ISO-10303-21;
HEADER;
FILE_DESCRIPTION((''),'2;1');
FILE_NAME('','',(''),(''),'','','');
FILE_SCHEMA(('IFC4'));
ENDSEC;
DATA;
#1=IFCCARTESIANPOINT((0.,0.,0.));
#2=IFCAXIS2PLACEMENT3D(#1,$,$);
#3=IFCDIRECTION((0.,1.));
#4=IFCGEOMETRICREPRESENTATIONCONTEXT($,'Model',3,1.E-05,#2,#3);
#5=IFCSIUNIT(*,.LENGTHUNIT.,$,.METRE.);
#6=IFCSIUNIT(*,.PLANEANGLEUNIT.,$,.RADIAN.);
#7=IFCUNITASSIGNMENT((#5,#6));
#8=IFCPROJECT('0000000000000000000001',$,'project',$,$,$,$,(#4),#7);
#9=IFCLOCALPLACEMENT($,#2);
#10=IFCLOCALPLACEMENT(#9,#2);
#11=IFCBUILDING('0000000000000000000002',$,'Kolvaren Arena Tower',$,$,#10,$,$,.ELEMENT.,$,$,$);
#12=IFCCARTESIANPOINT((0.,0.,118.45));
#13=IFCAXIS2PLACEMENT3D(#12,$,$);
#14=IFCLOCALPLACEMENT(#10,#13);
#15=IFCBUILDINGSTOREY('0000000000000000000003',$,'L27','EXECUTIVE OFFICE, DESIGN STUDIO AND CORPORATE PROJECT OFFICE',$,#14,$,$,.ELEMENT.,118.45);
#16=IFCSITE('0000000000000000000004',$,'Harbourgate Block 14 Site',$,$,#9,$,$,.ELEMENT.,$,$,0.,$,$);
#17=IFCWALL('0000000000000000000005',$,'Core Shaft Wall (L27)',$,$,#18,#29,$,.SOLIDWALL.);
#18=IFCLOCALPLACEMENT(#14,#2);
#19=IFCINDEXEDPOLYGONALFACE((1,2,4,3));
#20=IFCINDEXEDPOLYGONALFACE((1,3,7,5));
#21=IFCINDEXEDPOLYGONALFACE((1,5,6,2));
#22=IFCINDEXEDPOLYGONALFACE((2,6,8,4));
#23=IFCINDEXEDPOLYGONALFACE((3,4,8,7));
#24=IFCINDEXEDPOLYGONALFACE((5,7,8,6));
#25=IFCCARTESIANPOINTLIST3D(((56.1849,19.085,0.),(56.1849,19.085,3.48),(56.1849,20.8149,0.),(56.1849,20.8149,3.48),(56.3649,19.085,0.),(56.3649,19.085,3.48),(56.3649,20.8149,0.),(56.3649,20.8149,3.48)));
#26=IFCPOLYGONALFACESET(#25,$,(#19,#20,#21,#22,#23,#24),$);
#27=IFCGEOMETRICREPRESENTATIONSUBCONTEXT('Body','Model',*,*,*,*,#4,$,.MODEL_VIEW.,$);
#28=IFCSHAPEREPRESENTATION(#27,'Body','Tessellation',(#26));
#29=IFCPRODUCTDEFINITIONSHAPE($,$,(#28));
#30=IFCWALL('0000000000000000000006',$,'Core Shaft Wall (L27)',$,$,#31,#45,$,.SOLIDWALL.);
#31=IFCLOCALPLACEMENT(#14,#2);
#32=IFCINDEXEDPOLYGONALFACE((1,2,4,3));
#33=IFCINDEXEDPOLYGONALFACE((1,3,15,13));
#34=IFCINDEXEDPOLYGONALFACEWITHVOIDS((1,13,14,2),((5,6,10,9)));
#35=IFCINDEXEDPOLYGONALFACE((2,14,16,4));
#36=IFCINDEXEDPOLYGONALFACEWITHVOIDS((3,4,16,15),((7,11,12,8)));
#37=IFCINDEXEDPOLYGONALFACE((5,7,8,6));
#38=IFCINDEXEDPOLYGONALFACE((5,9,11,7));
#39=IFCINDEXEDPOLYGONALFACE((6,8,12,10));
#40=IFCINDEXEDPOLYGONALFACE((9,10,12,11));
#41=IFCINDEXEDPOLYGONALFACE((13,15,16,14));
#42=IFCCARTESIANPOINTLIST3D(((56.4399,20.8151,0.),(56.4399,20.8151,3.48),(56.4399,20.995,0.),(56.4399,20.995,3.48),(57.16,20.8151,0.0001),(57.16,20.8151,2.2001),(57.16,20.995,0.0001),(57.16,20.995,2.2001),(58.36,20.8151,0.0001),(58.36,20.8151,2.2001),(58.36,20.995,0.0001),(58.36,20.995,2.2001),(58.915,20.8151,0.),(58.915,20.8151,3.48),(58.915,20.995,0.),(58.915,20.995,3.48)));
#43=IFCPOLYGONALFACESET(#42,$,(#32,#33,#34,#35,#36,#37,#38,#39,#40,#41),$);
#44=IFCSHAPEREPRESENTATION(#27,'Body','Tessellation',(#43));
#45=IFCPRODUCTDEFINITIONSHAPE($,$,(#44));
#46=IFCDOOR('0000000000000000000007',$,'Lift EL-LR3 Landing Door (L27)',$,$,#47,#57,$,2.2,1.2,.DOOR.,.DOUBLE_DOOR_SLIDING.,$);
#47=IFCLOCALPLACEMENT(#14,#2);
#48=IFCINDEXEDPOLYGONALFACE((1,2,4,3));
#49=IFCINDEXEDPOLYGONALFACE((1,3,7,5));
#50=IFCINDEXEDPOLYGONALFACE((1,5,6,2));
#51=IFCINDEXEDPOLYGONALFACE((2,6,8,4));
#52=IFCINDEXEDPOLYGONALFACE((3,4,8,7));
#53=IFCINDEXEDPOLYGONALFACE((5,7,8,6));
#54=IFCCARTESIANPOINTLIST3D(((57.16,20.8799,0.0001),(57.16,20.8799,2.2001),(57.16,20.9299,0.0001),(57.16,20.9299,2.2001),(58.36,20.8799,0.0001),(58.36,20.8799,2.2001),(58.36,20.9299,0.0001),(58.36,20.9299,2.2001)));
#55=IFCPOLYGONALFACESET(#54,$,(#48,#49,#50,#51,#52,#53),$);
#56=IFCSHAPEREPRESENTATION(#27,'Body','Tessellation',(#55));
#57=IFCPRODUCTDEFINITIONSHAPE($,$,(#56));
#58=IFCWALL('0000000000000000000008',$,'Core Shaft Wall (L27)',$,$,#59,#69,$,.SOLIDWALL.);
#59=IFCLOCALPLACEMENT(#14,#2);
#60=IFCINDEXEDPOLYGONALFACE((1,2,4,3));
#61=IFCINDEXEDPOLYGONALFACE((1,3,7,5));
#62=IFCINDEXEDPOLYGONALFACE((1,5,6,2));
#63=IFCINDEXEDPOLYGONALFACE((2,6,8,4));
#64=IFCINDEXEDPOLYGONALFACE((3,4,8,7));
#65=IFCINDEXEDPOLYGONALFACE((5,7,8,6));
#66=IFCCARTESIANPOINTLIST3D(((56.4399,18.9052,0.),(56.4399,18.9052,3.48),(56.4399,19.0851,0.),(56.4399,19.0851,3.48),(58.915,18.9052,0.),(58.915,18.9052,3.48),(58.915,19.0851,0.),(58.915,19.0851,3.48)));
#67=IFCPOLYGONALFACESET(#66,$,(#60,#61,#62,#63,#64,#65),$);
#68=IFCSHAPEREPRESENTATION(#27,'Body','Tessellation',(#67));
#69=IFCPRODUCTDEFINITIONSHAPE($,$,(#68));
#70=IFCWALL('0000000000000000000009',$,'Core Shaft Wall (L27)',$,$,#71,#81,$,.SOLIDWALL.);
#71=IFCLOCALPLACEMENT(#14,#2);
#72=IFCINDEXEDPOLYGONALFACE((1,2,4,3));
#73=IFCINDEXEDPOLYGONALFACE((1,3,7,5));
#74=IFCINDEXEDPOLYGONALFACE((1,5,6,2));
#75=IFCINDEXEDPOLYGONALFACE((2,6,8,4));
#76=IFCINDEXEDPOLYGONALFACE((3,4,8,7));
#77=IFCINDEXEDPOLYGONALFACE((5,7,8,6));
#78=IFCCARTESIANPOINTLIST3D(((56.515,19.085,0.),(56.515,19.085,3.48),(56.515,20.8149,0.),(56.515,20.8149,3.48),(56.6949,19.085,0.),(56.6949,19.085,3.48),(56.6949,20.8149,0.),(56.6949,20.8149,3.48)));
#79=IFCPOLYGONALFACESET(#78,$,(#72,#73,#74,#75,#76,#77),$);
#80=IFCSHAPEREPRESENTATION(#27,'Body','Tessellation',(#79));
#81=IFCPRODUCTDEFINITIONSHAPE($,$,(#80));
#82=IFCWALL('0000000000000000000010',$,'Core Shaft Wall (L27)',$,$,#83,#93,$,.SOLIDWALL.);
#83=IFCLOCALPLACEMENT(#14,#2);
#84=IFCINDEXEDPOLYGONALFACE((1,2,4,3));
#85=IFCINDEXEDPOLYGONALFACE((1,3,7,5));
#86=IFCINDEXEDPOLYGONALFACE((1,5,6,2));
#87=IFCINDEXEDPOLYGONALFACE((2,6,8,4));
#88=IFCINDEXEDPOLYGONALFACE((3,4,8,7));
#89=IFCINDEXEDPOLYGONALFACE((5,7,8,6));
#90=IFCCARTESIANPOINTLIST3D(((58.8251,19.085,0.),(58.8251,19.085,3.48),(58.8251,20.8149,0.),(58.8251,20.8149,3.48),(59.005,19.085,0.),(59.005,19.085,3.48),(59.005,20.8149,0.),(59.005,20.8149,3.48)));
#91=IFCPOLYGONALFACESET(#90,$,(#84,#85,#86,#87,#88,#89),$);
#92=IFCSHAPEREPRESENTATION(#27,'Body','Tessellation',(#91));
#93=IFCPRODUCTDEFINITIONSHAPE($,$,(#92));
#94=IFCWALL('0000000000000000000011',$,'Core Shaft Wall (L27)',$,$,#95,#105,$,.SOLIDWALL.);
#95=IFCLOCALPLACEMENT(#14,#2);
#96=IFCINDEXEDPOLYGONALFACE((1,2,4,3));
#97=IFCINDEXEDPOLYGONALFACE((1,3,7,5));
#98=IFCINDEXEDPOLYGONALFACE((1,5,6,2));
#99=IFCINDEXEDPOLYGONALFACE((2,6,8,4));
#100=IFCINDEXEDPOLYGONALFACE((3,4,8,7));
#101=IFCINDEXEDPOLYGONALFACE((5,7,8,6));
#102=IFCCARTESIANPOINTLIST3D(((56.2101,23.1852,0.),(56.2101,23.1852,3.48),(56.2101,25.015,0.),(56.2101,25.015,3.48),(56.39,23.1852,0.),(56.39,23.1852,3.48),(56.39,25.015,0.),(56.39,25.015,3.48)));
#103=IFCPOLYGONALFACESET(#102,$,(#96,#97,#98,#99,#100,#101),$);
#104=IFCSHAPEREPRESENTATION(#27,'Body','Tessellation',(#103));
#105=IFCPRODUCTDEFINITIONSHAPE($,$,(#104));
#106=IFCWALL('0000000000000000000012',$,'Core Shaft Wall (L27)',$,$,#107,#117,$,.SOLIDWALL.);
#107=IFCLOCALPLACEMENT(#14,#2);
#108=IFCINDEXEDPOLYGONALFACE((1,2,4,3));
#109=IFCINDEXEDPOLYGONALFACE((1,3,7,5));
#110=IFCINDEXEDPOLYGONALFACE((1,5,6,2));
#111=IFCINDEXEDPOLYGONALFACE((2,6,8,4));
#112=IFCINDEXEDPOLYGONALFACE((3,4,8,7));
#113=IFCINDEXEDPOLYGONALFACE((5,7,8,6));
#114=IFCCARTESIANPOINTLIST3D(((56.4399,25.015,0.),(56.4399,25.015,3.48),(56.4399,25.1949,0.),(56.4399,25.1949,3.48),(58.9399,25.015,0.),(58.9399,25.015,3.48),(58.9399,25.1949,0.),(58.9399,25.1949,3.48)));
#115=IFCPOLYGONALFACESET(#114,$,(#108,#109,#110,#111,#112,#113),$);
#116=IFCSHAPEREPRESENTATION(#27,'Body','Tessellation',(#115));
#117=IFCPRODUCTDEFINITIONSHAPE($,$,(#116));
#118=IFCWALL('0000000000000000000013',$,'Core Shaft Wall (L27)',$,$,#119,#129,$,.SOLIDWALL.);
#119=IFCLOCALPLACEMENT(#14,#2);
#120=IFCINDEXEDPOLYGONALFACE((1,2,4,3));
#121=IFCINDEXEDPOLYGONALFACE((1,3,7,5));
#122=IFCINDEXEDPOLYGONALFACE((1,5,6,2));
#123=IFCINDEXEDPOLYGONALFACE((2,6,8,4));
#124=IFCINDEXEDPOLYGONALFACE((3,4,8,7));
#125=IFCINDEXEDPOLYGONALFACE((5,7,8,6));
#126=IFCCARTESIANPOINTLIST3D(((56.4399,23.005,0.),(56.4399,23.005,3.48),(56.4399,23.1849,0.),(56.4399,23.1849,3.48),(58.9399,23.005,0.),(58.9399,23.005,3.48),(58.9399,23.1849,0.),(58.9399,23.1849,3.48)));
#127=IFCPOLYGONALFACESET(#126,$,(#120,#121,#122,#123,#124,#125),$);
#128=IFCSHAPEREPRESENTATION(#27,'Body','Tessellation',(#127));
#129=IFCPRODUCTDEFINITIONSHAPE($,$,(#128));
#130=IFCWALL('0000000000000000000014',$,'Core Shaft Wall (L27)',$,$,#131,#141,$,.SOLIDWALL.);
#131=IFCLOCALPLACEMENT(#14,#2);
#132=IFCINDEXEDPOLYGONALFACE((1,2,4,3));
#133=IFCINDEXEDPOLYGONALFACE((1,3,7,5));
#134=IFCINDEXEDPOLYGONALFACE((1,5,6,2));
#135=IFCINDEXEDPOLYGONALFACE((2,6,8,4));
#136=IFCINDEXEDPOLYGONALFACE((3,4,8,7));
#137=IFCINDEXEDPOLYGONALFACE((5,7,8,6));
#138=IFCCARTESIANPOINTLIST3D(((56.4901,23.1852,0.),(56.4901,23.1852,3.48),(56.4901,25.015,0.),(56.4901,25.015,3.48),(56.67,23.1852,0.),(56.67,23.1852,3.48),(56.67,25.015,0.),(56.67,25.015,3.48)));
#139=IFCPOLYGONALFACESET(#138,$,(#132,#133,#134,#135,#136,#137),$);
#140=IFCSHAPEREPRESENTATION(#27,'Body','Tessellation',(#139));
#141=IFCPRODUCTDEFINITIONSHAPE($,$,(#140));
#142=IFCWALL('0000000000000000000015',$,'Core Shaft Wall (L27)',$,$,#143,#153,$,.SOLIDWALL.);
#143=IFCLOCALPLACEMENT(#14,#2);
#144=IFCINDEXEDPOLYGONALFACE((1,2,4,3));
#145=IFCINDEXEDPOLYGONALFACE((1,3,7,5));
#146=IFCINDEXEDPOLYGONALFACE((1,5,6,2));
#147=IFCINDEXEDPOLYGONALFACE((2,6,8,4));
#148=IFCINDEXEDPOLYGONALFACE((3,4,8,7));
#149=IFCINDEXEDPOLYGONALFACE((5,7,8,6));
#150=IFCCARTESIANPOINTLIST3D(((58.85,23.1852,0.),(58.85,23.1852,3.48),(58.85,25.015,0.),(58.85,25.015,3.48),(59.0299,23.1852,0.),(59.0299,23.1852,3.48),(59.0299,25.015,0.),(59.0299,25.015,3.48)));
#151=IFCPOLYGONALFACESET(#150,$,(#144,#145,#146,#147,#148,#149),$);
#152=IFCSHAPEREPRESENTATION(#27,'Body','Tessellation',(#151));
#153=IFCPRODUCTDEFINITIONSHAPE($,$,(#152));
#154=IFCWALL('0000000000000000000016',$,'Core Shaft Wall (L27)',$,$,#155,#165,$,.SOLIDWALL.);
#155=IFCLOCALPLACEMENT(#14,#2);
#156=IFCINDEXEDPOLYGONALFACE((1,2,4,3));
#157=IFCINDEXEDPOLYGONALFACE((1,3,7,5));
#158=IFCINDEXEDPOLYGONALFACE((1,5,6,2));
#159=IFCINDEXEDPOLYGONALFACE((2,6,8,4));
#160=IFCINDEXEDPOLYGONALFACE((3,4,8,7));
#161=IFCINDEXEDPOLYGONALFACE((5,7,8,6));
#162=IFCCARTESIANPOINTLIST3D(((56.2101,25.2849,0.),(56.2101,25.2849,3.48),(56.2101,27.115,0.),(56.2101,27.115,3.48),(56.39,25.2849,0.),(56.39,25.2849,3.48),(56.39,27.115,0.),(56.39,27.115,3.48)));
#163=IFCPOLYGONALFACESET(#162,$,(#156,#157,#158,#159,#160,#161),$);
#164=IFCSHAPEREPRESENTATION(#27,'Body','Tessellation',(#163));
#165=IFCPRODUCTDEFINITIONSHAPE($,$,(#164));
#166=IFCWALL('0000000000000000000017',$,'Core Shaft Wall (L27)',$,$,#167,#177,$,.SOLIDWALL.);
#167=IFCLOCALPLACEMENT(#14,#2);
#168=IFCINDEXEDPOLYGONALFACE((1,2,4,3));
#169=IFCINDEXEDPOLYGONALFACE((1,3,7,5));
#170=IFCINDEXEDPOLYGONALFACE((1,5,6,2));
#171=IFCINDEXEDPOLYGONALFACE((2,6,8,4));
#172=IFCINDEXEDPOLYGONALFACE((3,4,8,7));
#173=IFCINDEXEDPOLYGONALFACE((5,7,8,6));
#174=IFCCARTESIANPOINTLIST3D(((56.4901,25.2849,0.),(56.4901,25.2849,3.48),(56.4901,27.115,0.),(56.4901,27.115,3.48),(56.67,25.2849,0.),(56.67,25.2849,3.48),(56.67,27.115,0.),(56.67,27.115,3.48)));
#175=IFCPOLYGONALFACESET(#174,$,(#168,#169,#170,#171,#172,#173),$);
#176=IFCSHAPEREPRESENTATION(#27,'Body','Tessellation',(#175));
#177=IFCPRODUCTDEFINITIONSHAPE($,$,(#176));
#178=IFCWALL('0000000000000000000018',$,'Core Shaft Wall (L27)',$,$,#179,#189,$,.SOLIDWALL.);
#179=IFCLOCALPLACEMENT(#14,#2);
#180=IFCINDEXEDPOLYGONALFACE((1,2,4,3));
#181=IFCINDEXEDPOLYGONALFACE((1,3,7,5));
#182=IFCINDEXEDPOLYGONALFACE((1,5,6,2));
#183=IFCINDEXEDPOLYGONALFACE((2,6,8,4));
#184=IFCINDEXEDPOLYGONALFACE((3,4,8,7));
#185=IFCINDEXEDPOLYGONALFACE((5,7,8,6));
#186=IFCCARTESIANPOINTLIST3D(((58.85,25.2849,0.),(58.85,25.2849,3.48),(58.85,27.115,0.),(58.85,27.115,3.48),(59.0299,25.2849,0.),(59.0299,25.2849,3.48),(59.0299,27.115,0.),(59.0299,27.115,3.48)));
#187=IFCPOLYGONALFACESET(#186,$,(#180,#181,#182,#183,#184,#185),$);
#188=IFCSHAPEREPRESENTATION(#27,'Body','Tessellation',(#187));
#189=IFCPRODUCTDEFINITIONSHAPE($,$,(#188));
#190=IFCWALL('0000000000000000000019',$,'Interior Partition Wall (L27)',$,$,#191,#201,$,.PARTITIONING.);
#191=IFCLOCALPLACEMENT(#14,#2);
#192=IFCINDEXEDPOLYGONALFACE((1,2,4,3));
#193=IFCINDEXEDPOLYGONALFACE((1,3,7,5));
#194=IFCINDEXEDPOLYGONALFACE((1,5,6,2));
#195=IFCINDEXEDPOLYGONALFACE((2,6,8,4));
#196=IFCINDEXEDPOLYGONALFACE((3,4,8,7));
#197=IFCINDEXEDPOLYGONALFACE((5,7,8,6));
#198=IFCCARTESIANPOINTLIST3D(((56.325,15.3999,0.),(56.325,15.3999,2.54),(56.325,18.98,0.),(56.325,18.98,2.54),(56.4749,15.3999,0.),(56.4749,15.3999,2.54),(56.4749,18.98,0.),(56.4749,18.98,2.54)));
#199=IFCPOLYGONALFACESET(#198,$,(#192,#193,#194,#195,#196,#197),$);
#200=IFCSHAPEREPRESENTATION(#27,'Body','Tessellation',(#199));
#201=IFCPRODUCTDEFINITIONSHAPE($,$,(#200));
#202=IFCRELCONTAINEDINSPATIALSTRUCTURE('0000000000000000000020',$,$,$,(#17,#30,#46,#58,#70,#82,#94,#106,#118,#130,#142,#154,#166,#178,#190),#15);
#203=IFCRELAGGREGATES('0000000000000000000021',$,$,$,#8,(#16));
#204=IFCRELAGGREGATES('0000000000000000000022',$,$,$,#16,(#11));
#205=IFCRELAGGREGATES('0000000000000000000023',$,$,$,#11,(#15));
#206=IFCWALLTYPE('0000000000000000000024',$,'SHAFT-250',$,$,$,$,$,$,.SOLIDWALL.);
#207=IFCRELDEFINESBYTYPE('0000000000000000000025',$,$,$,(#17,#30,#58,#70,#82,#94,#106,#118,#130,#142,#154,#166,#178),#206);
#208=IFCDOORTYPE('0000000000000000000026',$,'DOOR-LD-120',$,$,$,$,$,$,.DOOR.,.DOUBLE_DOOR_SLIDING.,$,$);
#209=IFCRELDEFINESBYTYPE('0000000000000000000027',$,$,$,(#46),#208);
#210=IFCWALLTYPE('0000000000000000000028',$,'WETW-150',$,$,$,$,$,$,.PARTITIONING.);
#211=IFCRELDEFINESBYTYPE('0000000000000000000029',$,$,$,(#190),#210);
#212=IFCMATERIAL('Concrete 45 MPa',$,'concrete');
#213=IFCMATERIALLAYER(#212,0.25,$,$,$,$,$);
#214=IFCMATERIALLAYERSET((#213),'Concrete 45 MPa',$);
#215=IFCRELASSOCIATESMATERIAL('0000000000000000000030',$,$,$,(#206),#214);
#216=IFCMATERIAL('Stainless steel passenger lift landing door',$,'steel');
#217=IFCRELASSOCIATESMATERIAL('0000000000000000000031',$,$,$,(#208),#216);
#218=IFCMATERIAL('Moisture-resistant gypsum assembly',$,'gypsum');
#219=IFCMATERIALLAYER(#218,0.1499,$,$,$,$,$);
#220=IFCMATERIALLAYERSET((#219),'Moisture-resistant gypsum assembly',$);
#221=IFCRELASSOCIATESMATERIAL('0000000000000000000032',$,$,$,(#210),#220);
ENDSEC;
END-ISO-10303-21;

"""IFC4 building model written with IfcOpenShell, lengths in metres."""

from ifc_helpers import new_model, si_unit, direction, frame, frame_2d, origin, place, context, subcontext, project, spatial, rectangle, extrude, material, layer, layer_set, type_object, element, fill, save


model = new_model("IFC4")

# Units and contexts
model_context = context("Model", 3, precision=1e-05, world=origin(), true_north=direction((0.0, 1.0)))
body_context = subcontext(model_context, "Body", "Model", "MODEL_VIEW")
ifc_project = project(units=[si_unit("LENGTHUNIT", "METRE"), si_unit("PLANEANGLEUNIT", "RADIAN")], contexts=[model_context])

# Site, building, storey
site_placement = place(None, origin())
site = spatial("IfcSite", under=ifc_project, at=site_placement, Name="Harbourgate Block 14 Site", CompositionType="ELEMENT", RefElevation=0.0)
building_placement = place(site_placement, origin())
building = spatial("IfcBuilding", under=site, at=building_placement, Name="Kolvaren Arena Tower", CompositionType="ELEMENT")
storey_placement = place(building_placement, frame((0.0, 0.0, 118.45)))
storey = spatial("IfcBuildingStorey", under=building, at=storey_placement, Name="L27", Description="EXECUTIVE OFFICE, DESIGN STUDIO AND CORPORATE PROJECT OFFICE", CompositionType="ELEMENT", Elevation=118.45)

# Wall
ifc_material_1 = material(Name="Concrete 45 MPa", Category="concrete")
ifc_layer_1 = layer(ifc_material_1, 0.25)
ifc_layer_set_1 = layer_set([ifc_layer_1], Name="Concrete 45 MPa")
wall_type_1 = type_object("IfcWallType", Name="SHAFT-250", PredefinedType="SOLIDWALL", material=ifc_layer_set_1)
wall_1_placement = place(storey_placement, frame((56.2749, 19.085, 0.0), z_axis=(0.0, 0.0, 1.0), x_axis=(0.0, 1.0, 0.0)))
element("IfcWall", 1, at=wall_1_placement, inside=storey, type_object=wall_type_1, Name="Core Shaft Wall (L27)", PredefinedType="SOLIDWALL", context=body_context, shape_type="SweptSolid", body=[
    extrude(rectangle(XDim=1.73, YDim=0.1799, at=frame_2d((0.865, 0.0))), origin(), (0.0, 0.0, 1.0), 3.48),
])

# Wall, opening, door
wall_2_placement = place(storey_placement, frame((56.4399, 20.905, 0.0), z_axis=(0.0, 0.0, 1.0), x_axis=(1.0, 0.0, 0.0)))
wall_2 = element("IfcWall", 2, at=wall_2_placement, inside=storey, type_object=wall_type_1, Name="Core Shaft Wall (L27)", PredefinedType="SOLIDWALL", context=body_context, shape_type="SweptSolid", body=[
    extrude(rectangle(XDim=2.4751, YDim=0.1799, at=frame_2d((1.2375, 0.0))), origin(), (0.0, 0.0, 1.0), 3.48),
])
opening_placement = place(wall_2_placement, frame((0.72, 0.0, 0.0)))
opening = element("IfcOpeningElement", 3, at=opening_placement, cuts=wall_2, PredefinedType="OPENING", context=body_context, shape_type="SweptSolid", body=[
    extrude(rectangle(XDim=1.2, YDim=2.2, at=frame_2d((0.6001, 1.1001))), frame((0.0, 0.0999, 0.0), z_axis=(0.0, -1.0, 0.0), x_axis=(1.0, 0.0, 0.0)), (0.0, 0.0, 1.0), 0.2),
])
ifc_material_2 = material(Name="Stainless steel passenger lift landing door", Category="steel")
door_type = type_object("IfcDoorType", Name="DOOR-LD-120", OperationType="DOUBLE_DOOR_SLIDING", PredefinedType="DOOR", material=ifc_material_2)
door_placement = place(opening_placement, origin())
door = element("IfcDoor", 4, at=door_placement, inside=storey, type_object=door_type, Name="Lift EL-LR3 Landing Door (L27)", OperationType="DOUBLE_DOOR_SLIDING", OverallHeight=2.2, OverallWidth=1.2, PredefinedType="DOOR", context=body_context, shape_type="SweptSolid", body=[
    extrude(rectangle(XDim=1.2, YDim=2.2, at=frame_2d((0.6001, 1.1001))), frame((0.0, 0.0249, 0.0), z_axis=(0.0, -1.0, 0.0), x_axis=(1.0, 0.0, 0.0)), (0.0, 0.0, 1.0), 0.05),
])
fill(opening, door)

# Walls
wall_3_placement = place(storey_placement, frame((56.4399, 18.9951, 0.0), z_axis=(0.0, 0.0, 1.0), x_axis=(1.0, 0.0, 0.0)))
element("IfcWall", 5, at=wall_3_placement, inside=storey, type_object=wall_type_1, Name="Core Shaft Wall (L27)", PredefinedType="SOLIDWALL", context=body_context, shape_type="SweptSolid", body=[
    extrude(rectangle(XDim=2.4751, YDim=0.1799, at=frame_2d((1.2375, 0.0))), origin(), (0.0, 0.0, 1.0), 3.48),
])
for number, where, z_axis, x_axis, name in (
    (6, (56.605, 19.085, 0.0), (0.0, 0.0, 1.0), (0.0, 1.0, 0.0), "Core Shaft Wall (L27)"),
    (7, (58.915, 19.085, 0.0), (0.0, 0.0, 1.0), (0.0, 1.0, 0.0), "Core Shaft Wall (L27)"),
):
    element("IfcWall", number, at=place(storey_placement, frame(where, z_axis=z_axis, x_axis=x_axis)), inside=storey, type_object=wall_type_1, Name=name, PredefinedType="SOLIDWALL", context=body_context, shape_type="SweptSolid", body=[
        extrude(rectangle(XDim=1.73, YDim=0.1799, at=frame_2d((0.865, 0.0))), origin(), (0.0, 0.0, 1.0), 3.48),
    ])
wall_4_placement = place(storey_placement, frame((56.3, 23.1851, 0.0), z_axis=(0.0, 0.0, 1.0), x_axis=(0.0, 1.0, 0.0)))
element("IfcWall", 8, at=wall_4_placement, inside=storey, type_object=wall_type_1, Name="Core Shaft Wall (L27)", PredefinedType="SOLIDWALL", context=body_context, shape_type="SweptSolid", body=[
    extrude(rectangle(XDim=1.8298, YDim=0.1799, at=frame_2d((0.915, 0.0))), origin(), (0.0, 0.0, 1.0), 3.48),
])
for number, where, z_axis, x_axis, name in (
    (9, (56.4399, 25.105, 0.0), (0.0, 0.0, 1.0), (1.0, 0.0, 0.0), "Core Shaft Wall (L27)"),
    (10, (56.4399, 23.095, 0.0), (0.0, 0.0, 1.0), (1.0, 0.0, 0.0), "Core Shaft Wall (L27)"),
):
    element("IfcWall", number, at=place(storey_placement, frame(where, z_axis=z_axis, x_axis=x_axis)), inside=storey, type_object=wall_type_1, Name=name, PredefinedType="SOLIDWALL", context=body_context, shape_type="SweptSolid", body=[
        extrude(rectangle(XDim=2.5, YDim=0.1799, at=frame_2d((1.25, 0.0))), origin(), (0.0, 0.0, 1.0), 3.48),
    ])
for number, where, z_axis, x_axis, name in (
    (11, (56.5801, 23.1851, 0.0), (0.0, 0.0, 1.0), (0.0, 1.0, 0.0), "Core Shaft Wall (L27)"),
    (12, (58.9399, 23.1851, 0.0), (0.0, 0.0, 1.0), (0.0, 1.0, 0.0), "Core Shaft Wall (L27)"),
):
    element("IfcWall", number, at=place(storey_placement, frame(where, z_axis=z_axis, x_axis=x_axis)), inside=storey, type_object=wall_type_1, Name=name, PredefinedType="SOLIDWALL", context=body_context, shape_type="SweptSolid", body=[
        extrude(rectangle(XDim=1.8298, YDim=0.1799, at=frame_2d((0.915, 0.0))), origin(), (0.0, 0.0, 1.0), 3.48),
    ])
for number, where, z_axis, x_axis, name in (
    (13, (56.3, 25.2849, 0.0), (0.0, 0.0, 1.0), (0.0, 1.0, 0.0), "Core Shaft Wall (L27)"),
    (14, (56.5801, 25.2849, 0.0), (0.0, 0.0, 1.0), (0.0, 1.0, 0.0), "Core Shaft Wall (L27)"),
    (15, (58.9399, 25.2849, 0.0), (0.0, 0.0, 1.0), (0.0, 1.0, 0.0), "Core Shaft Wall (L27)"),
):
    element("IfcWall", number, at=place(storey_placement, frame(where, z_axis=z_axis, x_axis=x_axis)), inside=storey, type_object=wall_type_1, Name=name, PredefinedType="SOLIDWALL", context=body_context, shape_type="SweptSolid", body=[
        extrude(rectangle(XDim=1.8301, YDim=0.1799, at=frame_2d((0.915, 0.0))), origin(), (0.0, 0.0, 1.0), 3.48),
    ])
ifc_material_3 = material(Name="Moisture-resistant gypsum assembly", Category="gypsum")
ifc_layer_2 = layer(ifc_material_3, 0.1499)
ifc_layer_set_2 = layer_set([ifc_layer_2], Name="Moisture-resistant gypsum assembly")
wall_type_2 = type_object("IfcWallType", Name="WETW-150", PredefinedType="PARTITIONING", material=ifc_layer_set_2)
for number, where, z_axis, x_axis, name in (
    (16, (56.3999, 15.3999, 0.0), (0.0, 0.0, 1.0), (0.0, 1.0, 0.0), "Interior Partition Wall (L27)"),
):
    element("IfcWall", number, at=place(storey_placement, frame(where, z_axis=z_axis, x_axis=x_axis)), inside=storey, type_object=wall_type_2, Name=name, PredefinedType="PARTITIONING", context=body_context, shape_type="SweptSolid", body=[
        extrude(rectangle(XDim=3.5801, YDim=0.1499, at=frame_2d((1.79, 0.0))), origin(), (0.0, 0.0, 1.0), 2.54),
    ])

save(model, "model.ifc")
